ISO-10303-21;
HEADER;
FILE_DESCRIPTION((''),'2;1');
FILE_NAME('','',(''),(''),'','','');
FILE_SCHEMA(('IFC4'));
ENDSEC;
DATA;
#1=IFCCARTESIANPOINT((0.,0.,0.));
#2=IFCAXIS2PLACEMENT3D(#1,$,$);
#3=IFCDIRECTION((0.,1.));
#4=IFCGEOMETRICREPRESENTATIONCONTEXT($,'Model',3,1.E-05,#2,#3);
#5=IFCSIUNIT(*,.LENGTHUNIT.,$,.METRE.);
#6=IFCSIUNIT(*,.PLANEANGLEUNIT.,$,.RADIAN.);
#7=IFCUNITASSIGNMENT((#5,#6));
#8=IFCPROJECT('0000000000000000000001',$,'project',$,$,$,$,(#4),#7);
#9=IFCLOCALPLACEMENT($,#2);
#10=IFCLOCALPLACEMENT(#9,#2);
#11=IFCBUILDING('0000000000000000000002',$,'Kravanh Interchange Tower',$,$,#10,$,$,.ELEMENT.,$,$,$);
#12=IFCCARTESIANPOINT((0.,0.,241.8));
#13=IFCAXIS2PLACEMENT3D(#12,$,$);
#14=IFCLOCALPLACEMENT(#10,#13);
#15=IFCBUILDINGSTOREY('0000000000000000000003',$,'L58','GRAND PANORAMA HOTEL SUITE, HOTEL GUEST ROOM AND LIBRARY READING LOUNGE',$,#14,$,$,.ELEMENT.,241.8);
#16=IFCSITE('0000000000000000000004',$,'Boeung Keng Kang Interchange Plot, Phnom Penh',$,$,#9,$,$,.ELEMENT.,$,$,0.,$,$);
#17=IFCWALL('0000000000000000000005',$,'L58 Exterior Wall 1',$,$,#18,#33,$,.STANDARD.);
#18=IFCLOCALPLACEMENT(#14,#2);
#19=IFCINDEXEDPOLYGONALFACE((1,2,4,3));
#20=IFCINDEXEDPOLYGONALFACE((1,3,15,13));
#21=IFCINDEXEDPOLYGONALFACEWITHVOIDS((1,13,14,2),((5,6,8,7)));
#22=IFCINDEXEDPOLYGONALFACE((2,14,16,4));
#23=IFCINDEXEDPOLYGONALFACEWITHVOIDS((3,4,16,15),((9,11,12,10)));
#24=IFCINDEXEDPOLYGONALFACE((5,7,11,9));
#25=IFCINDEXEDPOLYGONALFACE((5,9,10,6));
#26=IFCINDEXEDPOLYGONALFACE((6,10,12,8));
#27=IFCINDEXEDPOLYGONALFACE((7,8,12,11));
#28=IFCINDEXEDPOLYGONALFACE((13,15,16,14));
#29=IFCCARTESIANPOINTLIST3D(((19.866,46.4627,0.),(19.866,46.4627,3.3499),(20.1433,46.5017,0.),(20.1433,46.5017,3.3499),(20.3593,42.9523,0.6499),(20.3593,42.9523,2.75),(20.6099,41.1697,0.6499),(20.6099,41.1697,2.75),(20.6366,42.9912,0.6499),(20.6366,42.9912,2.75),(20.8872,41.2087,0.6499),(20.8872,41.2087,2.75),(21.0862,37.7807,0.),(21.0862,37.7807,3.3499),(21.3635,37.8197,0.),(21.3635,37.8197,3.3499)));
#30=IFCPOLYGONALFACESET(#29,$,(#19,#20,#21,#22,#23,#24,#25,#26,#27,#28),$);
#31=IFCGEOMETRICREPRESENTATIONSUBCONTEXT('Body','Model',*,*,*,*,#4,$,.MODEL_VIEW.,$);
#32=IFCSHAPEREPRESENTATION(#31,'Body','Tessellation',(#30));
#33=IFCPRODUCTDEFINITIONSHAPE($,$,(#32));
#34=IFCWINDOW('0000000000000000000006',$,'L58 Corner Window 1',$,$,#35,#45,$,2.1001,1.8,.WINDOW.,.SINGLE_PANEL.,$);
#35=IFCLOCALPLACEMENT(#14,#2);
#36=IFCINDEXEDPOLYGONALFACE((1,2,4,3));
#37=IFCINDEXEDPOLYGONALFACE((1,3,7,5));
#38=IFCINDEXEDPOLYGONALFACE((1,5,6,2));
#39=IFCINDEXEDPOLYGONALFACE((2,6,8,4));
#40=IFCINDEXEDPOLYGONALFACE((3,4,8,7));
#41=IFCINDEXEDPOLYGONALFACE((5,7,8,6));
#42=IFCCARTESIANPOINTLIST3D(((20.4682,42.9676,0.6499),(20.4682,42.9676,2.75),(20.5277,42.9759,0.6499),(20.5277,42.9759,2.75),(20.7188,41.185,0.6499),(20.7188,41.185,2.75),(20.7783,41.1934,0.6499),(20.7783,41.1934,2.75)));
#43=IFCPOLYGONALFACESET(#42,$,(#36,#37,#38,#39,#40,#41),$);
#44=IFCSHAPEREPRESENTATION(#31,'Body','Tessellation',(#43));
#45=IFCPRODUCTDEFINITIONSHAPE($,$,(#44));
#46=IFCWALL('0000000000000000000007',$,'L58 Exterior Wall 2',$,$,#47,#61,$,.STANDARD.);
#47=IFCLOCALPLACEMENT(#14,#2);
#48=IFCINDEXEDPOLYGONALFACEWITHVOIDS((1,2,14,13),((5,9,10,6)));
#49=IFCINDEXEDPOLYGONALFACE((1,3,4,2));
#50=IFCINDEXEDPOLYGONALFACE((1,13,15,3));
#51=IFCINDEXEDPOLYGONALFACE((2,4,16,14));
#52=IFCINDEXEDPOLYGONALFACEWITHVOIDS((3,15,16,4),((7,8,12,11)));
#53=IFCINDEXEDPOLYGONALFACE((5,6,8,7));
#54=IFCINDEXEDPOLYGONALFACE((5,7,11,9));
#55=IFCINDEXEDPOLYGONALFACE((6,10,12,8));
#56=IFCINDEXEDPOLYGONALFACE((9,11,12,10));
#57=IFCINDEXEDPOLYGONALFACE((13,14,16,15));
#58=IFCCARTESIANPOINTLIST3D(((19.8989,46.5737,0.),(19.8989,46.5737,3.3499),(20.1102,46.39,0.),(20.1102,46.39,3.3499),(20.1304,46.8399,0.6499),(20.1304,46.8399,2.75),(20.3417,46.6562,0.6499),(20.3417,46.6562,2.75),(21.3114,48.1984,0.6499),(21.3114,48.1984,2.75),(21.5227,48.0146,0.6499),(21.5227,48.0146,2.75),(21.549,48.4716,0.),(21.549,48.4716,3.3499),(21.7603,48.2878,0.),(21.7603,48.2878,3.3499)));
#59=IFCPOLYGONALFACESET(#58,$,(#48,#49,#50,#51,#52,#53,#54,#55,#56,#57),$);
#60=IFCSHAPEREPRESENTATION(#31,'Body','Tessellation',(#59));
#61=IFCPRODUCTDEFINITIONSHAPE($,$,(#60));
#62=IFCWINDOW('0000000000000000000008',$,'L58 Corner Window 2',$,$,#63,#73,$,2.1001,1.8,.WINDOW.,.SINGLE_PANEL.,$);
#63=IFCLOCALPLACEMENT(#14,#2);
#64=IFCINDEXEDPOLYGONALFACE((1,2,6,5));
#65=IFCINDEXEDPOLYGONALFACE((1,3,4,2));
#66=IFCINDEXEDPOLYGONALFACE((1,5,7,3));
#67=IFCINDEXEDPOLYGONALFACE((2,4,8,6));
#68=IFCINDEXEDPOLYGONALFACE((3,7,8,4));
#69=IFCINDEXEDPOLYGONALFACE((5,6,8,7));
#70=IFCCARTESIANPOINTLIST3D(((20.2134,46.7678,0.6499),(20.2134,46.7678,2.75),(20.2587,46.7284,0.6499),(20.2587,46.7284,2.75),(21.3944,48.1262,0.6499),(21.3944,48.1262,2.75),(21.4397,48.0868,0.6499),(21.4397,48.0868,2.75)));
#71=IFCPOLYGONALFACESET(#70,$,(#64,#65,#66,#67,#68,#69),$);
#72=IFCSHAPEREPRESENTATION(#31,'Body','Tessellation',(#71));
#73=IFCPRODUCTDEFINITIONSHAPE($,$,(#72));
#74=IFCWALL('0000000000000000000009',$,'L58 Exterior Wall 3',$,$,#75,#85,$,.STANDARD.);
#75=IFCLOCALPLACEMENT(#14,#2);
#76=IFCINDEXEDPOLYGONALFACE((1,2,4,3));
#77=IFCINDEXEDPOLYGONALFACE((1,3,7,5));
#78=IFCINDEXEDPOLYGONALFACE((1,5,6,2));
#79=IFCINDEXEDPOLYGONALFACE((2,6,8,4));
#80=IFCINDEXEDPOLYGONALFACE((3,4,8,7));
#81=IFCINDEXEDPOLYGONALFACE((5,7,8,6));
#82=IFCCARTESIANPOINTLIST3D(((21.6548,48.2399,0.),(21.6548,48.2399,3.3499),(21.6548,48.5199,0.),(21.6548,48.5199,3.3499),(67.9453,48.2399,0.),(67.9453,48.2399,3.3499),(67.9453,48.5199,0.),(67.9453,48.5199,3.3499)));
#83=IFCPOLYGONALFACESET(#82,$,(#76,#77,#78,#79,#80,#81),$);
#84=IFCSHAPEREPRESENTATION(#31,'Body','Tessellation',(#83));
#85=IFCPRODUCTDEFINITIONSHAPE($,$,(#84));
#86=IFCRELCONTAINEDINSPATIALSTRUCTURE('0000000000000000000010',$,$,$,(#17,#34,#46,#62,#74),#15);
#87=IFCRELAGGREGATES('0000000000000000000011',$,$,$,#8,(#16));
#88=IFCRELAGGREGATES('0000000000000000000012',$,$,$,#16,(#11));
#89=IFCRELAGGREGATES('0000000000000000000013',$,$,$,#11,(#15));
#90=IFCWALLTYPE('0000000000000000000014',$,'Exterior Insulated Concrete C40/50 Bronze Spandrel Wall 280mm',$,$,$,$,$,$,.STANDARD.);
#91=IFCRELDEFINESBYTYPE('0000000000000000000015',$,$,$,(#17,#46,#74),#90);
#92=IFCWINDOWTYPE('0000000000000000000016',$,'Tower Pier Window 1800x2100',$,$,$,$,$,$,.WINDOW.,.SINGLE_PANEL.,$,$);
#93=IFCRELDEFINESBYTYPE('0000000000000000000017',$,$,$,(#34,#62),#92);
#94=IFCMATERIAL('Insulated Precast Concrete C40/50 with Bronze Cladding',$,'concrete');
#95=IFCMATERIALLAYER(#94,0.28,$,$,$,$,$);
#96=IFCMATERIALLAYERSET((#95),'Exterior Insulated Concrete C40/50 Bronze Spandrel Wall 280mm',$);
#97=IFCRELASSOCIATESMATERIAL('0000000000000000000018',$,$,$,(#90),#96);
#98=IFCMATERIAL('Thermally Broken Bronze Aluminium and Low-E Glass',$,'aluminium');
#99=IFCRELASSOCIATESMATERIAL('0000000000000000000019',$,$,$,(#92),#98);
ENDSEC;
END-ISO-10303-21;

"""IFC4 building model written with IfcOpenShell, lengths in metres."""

from ifc_helpers import new_model, si_unit, direction, frame, frame_2d, origin, place, context, subcontext, project, spatial, rectangle, extrude, material, layer, layer_set, type_object, element, fill, save


model = new_model("IFC4")

# Units and contexts
model_context = context("Model", 3, precision=1e-05, world=origin(), true_north=direction((0.0, 1.0)))
body_context = subcontext(model_context, "Body", "Model", "MODEL_VIEW")
ifc_project = project(units=[si_unit("LENGTHUNIT", "METRE"), si_unit("PLANEANGLEUNIT", "RADIAN")], contexts=[model_context])

# Site, building, storey
site_placement = place(None, origin())
site = spatial("IfcSite", under=ifc_project, at=site_placement, Name="Boeung Keng Kang Interchange Plot, Phnom Penh", CompositionType="ELEMENT", RefElevation=0.0)
building_placement = place(site_placement, origin())
building = spatial("IfcBuilding", under=site, at=building_placement, Name="Kravanh Interchange Tower", CompositionType="ELEMENT")
storey_placement = place(building_placement, frame((0.0, 0.0, 241.8)))
storey = spatial("IfcBuildingStorey", under=building, at=storey_placement, Name="L58", Description="GRAND PANORAMA HOTEL SUITE, HOTEL GUEST ROOM AND LIBRARY READING LOUNGE", CompositionType="ELEMENT", Elevation=241.8)

# Walls, openings, windows
ifc_material_1 = material(Name="Insulated Precast Concrete C40/50 with Bronze Cladding", Category="concrete")
ifc_layer_1 = layer(ifc_material_1, 0.28)
ifc_layer_set_1 = layer_set([ifc_layer_1], Name="Exterior Insulated Concrete C40/50 Bronze Spandrel Wall 280mm")
wall_type_1 = type_object("IfcWallType", Name="Exterior Insulated Concrete C40/50 Bronze Spandrel Wall 280mm", PredefinedType="STANDARD", material=ifc_layer_set_1)
wall_1_placement = place(storey_placement, frame((21.2249, 37.8, 0.0), z_axis=(0.0, 0.0, 1.0), x_axis=(-0.139179, 0.990267, 0.0)))
wall_1 = element("IfcWall", 1, at=wall_1_placement, inside=storey, type_object=wall_type_1, Name="L58 Exterior Wall 1", PredefinedType="STANDARD", context=body_context, shape_type="SweptSolid", body=[
    extrude(rectangle(XDim=8.7673, YDim=0.28, at=frame_2d((4.3838, 0.0))), origin(), (0.0, 0.0, 1.0), 3.3499),
])
opening_1_placement = place(wall_1_placement, frame((3.4226, 0.0, 0.6499)))
opening_1 = element("IfcOpeningElement", 2, at=opening_1_placement, cuts=wall_1, PredefinedType="OPENING", context=body_context, shape_type="SweptSolid", body=[
    extrude(rectangle(XDim=1.8, YDim=2.1001, at=frame_2d((0.8999, 1.05))), frame((0.0, 0.1499, 0.0), z_axis=(0.0, -1.0, 0.0), x_axis=(1.0, 0.0, 0.0)), (0.0, 0.0, 1.0), 0.3),
])
ifc_material_2 = material(Name="Thermally Broken Bronze Aluminium and Low-E Glass", Category="aluminium")
window_type = type_object("IfcWindowType", Name="Tower Pier Window 1800x2100", PartitioningType="SINGLE_PANEL", PredefinedType="WINDOW", material=ifc_material_2)
window_1_placement = place(opening_1_placement, origin())
window_1 = element("IfcWindow", 3, at=window_1_placement, inside=storey, type_object=window_type, Name="L58 Corner Window 1", OverallHeight=2.1001, OverallWidth=1.8, PartitioningType="SINGLE_PANEL", PredefinedType="WINDOW", context=body_context, shape_type="SweptSolid", body=[
    extrude(rectangle(XDim=1.8, YDim=2.1001, at=frame_2d((0.8999, 1.05))), frame((0.0, 0.03, 0.0), z_axis=(0.0, -1.0, 0.0), x_axis=(1.0, 0.0, 0.0)), (0.0, 0.0, 1.0), 0.0601),
])
fill(opening_1, window_1)
wall_2_placement = place(storey_placement, frame((20.0046, 46.4819, 0.0), z_axis=(0.0, 0.0, 1.0), x_axis=(0.656123, 0.754654, 0.0)))
wall_2 = element("IfcWall", 4, at=wall_2_placement, inside=storey, type_object=wall_type_1, Name="L58 Exterior Wall 2", PredefinedType="STANDARD", context=body_context, shape_type="SweptSolid", body=[
    extrude(rectangle(XDim=2.5149, YDim=0.28, at=frame_2d((1.2573, 0.0))), origin(), (0.0, 0.0, 1.0), 3.3499),
])
opening_2_placement = place(wall_2_placement, frame((0.3528, 0.0, 0.6499)))
opening_2 = element("IfcOpeningElement", 5, at=opening_2_placement, cuts=wall_2, PredefinedType="OPENING", context=body_context, shape_type="SweptSolid", body=[
    extrude(rectangle(XDim=1.8, YDim=2.1001, at=frame_2d((0.8999, 1.05))), frame((0.0, 0.1499, 0.0), z_axis=(0.0, -1.0, 0.0), x_axis=(1.0, 0.0, 0.0)), (0.0, 0.0, 1.0), 0.3),
])
window_2_placement = place(opening_2_placement, origin())
window_2 = element("IfcWindow", 6, at=window_2_placement, inside=storey, type_object=window_type, Name="L58 Corner Window 2", OverallHeight=2.1001, OverallWidth=1.8, PartitioningType="SINGLE_PANEL", PredefinedType="WINDOW", context=body_context, shape_type="SweptSolid", body=[
    extrude(rectangle(XDim=1.8, YDim=2.1001, at=frame_2d((0.8999, 1.05))), frame((0.0, 0.03, 0.0), z_axis=(0.0, -1.0, 0.0), x_axis=(1.0, 0.0, 0.0)), (0.0, 0.0, 1.0), 0.0601),
])
fill(opening_2, window_2)

# Wall
wall_3_placement = place(storey_placement, frame((21.6548, 48.3799, 0.0), z_axis=(0.0, 0.0, 1.0), x_axis=(1.0, 0.0, 0.0)))
element("IfcWall", 7, at=wall_3_placement, inside=storey, type_object=wall_type_1, Name="L58 Exterior Wall 3", PredefinedType="STANDARD", context=body_context, shape_type="SweptSolid", body=[
    extrude(rectangle(XDim=46.2905, YDim=0.28, at=frame_2d((23.1453, 0.0))), origin(), (0.0, 0.0, 1.0), 3.3499),
])

save(model, "model.ifc")
